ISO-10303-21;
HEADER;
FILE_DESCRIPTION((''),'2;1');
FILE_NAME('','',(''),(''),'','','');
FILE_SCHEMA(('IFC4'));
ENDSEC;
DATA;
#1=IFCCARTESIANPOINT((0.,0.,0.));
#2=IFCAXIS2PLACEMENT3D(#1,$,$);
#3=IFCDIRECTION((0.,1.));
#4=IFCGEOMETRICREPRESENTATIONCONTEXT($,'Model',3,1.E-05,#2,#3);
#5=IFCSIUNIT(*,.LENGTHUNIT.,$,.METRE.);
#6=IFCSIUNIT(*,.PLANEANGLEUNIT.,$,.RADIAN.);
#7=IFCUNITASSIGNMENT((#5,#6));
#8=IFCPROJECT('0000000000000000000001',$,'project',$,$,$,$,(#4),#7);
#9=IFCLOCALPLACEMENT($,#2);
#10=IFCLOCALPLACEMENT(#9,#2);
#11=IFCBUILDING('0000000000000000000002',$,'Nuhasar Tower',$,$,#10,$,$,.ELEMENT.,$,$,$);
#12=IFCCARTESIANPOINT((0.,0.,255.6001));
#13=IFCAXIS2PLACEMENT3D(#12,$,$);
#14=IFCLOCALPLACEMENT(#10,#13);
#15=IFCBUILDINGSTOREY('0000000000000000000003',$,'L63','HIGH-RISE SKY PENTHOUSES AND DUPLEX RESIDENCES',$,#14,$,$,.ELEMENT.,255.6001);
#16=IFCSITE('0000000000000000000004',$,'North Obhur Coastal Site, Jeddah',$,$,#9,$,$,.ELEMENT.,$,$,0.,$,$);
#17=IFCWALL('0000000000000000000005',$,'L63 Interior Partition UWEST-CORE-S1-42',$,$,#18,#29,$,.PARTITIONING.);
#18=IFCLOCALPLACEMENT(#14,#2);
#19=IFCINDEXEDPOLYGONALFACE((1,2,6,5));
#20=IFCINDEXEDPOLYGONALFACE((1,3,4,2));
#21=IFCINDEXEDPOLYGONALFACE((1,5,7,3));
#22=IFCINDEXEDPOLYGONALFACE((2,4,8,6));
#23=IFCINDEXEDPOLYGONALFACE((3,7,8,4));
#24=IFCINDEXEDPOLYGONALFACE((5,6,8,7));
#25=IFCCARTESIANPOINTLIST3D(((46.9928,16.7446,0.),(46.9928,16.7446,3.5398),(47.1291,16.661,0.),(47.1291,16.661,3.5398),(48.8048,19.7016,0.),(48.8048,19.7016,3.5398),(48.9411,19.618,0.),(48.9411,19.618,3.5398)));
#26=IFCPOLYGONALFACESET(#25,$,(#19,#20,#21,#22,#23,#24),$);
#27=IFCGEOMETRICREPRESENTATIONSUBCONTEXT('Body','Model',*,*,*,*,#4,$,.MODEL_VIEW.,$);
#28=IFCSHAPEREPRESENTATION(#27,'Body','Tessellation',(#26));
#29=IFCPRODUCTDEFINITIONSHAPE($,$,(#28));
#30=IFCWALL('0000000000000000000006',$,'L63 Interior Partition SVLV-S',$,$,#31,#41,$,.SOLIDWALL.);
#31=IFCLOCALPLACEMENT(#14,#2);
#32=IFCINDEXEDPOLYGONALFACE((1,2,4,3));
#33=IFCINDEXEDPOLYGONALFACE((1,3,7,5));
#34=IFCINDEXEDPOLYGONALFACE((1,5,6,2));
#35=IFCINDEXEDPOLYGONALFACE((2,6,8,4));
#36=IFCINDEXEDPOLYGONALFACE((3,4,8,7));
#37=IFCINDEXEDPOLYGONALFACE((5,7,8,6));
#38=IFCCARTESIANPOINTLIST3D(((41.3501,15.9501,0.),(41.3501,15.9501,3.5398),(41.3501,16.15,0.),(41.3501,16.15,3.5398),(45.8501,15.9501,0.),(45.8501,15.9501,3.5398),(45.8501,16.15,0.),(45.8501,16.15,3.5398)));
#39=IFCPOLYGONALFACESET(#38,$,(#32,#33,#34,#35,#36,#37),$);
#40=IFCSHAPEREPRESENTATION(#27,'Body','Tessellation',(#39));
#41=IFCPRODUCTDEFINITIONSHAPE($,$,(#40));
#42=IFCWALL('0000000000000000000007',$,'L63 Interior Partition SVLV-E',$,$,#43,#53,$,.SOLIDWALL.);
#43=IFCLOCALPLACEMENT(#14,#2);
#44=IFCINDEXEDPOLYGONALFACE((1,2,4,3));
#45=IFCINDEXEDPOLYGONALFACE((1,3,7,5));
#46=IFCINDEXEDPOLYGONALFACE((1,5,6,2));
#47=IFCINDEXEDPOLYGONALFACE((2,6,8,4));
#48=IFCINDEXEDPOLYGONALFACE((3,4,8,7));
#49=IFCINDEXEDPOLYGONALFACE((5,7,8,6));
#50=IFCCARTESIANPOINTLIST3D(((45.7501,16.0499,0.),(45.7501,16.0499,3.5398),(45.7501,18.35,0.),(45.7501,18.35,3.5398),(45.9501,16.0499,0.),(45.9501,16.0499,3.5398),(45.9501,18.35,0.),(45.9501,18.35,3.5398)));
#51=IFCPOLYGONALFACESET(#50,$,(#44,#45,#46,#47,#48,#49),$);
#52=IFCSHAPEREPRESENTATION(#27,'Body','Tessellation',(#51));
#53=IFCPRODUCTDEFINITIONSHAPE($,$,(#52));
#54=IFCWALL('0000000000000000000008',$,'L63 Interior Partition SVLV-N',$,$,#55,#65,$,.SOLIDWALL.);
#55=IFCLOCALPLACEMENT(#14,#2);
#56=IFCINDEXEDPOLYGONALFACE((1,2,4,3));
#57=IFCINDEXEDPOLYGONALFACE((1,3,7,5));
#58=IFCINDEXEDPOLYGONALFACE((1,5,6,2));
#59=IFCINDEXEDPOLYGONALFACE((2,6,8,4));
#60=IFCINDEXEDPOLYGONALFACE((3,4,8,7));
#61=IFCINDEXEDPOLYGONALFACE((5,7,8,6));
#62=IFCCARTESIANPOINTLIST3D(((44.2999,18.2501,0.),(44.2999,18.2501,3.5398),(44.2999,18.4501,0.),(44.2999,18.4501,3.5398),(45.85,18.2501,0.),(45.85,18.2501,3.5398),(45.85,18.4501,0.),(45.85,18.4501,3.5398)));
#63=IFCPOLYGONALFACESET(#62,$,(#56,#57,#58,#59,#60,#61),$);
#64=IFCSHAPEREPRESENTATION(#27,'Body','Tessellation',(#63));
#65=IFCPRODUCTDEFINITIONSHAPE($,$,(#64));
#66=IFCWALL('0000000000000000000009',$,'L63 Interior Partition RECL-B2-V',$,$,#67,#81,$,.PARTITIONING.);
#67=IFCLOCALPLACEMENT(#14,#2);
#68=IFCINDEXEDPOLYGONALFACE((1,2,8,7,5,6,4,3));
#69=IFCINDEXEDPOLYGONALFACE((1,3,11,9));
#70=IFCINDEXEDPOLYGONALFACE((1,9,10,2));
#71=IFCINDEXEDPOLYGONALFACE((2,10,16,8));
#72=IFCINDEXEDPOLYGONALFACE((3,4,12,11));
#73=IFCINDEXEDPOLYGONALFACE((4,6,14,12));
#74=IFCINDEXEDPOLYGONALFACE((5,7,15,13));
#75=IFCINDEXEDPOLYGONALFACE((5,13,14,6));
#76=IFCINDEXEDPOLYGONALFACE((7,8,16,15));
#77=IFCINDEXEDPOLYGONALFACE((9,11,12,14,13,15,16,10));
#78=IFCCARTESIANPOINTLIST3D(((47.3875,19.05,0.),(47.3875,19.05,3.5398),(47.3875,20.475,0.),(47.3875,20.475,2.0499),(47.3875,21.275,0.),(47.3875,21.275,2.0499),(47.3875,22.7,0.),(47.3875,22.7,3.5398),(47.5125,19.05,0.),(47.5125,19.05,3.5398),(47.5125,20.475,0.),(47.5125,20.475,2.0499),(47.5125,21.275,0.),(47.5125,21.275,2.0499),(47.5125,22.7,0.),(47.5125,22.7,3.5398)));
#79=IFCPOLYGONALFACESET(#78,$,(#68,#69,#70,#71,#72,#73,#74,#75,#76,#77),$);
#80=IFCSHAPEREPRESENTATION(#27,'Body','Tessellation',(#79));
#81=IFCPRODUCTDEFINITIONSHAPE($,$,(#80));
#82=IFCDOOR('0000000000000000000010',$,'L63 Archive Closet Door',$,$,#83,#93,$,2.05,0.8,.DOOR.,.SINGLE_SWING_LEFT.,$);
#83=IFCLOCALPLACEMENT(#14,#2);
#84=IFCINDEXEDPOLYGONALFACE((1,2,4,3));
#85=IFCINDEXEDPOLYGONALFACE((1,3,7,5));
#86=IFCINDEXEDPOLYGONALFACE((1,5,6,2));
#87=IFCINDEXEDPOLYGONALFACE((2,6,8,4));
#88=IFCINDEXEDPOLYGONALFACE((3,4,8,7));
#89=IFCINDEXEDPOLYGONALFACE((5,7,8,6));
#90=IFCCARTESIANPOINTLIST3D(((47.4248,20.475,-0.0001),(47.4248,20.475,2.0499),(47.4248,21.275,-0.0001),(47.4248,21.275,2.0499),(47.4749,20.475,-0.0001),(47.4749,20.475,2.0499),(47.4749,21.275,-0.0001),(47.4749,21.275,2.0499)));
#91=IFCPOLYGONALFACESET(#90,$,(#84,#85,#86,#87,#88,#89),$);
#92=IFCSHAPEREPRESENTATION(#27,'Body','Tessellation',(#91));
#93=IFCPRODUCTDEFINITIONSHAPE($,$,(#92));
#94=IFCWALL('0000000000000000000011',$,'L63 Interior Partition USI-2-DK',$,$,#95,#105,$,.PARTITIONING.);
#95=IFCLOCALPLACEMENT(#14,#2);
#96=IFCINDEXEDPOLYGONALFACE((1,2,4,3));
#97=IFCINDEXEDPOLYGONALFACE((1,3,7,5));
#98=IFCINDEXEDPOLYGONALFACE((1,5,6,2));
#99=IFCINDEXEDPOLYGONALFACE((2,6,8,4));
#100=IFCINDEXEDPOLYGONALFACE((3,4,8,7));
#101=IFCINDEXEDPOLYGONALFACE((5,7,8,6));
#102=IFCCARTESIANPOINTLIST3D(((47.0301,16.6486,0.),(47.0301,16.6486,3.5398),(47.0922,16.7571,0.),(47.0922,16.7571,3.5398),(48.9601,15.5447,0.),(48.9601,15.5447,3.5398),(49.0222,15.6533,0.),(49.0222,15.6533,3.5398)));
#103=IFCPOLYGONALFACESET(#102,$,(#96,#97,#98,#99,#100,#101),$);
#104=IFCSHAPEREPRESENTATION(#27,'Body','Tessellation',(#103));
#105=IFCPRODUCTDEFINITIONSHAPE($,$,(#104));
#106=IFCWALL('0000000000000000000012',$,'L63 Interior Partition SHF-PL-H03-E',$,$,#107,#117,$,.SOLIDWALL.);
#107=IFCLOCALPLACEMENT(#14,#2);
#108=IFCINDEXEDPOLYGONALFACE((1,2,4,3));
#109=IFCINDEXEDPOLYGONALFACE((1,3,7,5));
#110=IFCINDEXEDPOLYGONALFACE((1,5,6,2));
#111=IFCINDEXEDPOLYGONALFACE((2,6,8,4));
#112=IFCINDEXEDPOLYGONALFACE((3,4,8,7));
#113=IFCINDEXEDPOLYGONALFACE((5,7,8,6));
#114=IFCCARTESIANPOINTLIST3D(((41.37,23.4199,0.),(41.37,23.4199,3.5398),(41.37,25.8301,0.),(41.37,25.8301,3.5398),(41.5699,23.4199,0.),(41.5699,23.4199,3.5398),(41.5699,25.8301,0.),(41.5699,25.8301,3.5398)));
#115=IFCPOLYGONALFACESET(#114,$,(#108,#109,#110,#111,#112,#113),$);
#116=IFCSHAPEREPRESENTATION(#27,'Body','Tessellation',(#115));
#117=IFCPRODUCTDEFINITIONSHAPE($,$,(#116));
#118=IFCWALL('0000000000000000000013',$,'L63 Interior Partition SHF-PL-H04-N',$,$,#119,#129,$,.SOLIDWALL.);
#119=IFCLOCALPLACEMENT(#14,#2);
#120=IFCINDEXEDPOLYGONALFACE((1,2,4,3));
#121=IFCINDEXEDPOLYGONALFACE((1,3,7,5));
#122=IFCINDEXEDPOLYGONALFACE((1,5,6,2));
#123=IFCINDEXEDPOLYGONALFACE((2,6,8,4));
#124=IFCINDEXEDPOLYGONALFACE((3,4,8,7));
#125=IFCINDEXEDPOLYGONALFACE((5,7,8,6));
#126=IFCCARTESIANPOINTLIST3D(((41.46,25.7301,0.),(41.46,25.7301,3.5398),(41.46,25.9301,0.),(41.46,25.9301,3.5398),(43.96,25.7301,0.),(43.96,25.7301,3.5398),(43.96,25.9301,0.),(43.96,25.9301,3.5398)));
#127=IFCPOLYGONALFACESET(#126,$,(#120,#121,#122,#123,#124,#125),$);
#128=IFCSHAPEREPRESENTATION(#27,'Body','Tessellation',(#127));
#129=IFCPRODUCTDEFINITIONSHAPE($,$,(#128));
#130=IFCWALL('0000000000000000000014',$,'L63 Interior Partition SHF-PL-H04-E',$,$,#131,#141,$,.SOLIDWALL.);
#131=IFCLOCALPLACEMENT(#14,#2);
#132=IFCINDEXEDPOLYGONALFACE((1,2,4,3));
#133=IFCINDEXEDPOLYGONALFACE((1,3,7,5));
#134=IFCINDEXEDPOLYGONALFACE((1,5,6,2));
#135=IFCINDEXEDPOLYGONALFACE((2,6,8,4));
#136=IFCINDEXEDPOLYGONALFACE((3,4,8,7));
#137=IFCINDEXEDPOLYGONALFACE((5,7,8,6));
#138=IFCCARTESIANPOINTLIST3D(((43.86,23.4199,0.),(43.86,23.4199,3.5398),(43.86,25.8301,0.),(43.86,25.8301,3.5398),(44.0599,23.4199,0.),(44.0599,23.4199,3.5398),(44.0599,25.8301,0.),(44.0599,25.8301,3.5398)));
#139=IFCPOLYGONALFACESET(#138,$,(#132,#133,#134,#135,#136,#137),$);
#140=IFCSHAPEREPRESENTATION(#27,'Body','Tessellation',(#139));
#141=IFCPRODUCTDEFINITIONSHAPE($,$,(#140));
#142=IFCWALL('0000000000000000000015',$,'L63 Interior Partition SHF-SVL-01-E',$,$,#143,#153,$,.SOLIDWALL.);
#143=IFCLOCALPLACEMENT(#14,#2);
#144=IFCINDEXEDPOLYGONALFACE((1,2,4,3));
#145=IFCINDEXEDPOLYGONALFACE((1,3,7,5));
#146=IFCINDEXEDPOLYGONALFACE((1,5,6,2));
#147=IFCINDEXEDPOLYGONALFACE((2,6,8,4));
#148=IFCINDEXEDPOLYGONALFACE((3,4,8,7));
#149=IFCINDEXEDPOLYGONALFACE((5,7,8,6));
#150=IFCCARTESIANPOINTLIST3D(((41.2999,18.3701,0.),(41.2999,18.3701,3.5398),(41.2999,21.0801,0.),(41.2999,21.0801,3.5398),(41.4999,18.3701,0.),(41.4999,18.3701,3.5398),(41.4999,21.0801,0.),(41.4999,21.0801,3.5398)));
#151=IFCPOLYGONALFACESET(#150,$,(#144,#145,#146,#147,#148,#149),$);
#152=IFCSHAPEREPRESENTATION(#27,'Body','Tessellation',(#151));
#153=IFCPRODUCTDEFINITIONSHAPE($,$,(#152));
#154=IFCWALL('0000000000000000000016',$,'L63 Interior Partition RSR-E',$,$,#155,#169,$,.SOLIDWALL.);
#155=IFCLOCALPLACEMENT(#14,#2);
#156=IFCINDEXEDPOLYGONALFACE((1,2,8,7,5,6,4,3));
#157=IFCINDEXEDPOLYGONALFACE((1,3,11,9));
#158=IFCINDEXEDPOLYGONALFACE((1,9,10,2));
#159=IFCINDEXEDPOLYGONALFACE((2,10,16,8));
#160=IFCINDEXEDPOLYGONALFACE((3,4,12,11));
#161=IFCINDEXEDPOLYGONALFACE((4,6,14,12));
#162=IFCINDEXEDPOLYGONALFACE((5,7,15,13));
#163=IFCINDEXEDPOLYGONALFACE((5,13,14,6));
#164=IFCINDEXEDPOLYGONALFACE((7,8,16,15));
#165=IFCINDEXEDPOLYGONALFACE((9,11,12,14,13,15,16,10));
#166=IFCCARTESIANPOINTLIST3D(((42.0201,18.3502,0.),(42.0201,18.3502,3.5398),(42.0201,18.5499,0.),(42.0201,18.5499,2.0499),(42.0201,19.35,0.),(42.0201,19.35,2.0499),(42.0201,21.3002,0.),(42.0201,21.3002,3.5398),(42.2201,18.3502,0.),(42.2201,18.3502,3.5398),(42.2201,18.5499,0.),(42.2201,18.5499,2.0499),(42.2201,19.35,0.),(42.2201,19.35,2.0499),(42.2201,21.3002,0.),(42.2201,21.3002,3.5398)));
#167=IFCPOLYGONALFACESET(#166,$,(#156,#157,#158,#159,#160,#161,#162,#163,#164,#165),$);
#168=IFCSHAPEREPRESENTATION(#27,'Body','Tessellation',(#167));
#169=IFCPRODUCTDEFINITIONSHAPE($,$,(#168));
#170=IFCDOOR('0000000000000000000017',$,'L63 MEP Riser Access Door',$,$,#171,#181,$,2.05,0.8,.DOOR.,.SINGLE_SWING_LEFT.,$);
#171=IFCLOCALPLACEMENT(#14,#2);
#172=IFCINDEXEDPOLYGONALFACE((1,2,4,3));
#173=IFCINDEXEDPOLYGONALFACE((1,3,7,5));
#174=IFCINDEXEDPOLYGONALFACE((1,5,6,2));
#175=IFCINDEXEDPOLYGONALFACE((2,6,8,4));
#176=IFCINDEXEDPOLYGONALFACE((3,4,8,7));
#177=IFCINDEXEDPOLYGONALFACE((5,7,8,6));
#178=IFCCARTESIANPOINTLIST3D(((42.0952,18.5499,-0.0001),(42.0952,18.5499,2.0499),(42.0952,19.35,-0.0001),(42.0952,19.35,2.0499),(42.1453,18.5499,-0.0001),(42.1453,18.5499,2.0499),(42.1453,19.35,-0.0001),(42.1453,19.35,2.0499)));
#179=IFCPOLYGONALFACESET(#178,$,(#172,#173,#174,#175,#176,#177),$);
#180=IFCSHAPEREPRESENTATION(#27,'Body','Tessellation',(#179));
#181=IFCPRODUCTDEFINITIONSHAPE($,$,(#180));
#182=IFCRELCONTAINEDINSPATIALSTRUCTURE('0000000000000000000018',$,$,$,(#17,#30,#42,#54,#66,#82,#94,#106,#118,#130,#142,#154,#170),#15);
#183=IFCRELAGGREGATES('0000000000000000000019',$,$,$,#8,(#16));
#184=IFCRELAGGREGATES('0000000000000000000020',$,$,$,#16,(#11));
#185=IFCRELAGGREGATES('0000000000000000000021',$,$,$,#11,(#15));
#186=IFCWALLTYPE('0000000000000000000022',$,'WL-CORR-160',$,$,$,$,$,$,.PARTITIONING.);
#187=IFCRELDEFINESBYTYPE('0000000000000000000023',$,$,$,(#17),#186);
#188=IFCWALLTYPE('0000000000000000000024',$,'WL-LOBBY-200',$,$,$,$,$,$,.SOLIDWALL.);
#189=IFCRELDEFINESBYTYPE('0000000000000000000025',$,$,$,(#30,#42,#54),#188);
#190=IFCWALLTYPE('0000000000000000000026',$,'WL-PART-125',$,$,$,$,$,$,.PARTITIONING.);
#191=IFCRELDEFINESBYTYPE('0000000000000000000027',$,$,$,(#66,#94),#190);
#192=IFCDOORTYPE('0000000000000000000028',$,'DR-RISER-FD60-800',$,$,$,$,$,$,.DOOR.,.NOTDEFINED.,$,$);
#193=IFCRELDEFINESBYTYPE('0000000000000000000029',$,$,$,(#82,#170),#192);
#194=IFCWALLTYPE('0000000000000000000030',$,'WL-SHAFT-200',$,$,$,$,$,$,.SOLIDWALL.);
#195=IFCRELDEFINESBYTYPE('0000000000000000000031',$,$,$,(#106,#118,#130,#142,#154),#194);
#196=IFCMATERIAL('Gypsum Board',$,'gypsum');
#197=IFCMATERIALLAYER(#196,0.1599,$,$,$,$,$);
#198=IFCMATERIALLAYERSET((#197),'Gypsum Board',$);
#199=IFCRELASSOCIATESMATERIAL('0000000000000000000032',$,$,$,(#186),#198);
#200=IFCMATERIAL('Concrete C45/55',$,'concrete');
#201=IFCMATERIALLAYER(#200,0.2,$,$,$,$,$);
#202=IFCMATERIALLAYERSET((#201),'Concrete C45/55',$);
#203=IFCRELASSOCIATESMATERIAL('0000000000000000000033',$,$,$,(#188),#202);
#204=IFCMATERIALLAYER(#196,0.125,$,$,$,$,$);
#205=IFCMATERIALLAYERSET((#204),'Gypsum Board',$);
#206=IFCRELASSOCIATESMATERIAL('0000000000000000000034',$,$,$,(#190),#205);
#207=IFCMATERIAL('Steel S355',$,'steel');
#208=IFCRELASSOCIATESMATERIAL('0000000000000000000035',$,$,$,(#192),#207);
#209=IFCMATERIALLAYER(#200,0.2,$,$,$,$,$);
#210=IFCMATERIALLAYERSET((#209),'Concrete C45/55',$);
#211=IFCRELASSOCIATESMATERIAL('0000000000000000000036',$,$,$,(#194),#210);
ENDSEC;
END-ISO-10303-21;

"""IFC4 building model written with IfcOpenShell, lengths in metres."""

from ifc_helpers import new_model, si_unit, direction, frame, frame_2d, origin, place, context, subcontext, project, spatial, rectangle, extrude, material, layer, layer_set, type_object, element, fill, save


model = new_model("IFC4")

# Units and contexts
model_context = context("Model", 3, precision=1e-05, world=origin(), true_north=direction((0.0, 1.0)))
body_context = subcontext(model_context, "Body", "Model", "MODEL_VIEW")
ifc_project = project(units=[si_unit("LENGTHUNIT", "METRE"), si_unit("PLANEANGLEUNIT", "RADIAN")], contexts=[model_context])

# Site, building, storey
site_placement = place(None, origin())
site = spatial("IfcSite", under=ifc_project, at=site_placement, Name="North Obhur Coastal Site, Jeddah", CompositionType="ELEMENT", RefElevation=0.0)
building_placement = place(site_placement, origin())
building = spatial("IfcBuilding", under=site, at=building_placement, Name="Nuhasar Tower", CompositionType="ELEMENT")
storey_placement = place(building_placement, frame((0.0, 0.0, 255.6001)))
storey = spatial("IfcBuildingStorey", under=building, at=storey_placement, Name="L63", Description="HIGH-RISE SKY PENTHOUSES AND DUPLEX RESIDENCES", CompositionType="ELEMENT", Elevation=255.6001)

# Shared definitions
ifc_material_1 = material(Name="Steel S355", Category="steel")

# Wall
ifc_material_2 = material(Name="Gypsum Board", Category="gypsum")
ifc_layer_1 = layer(ifc_material_2, 0.1599)
ifc_layer_set_1 = layer_set([ifc_layer_1], Name="Gypsum Board")
wall_type_1 = type_object("IfcWallType", Name="WL-CORR-160", PredefinedType="PARTITIONING", material=ifc_layer_set_1)
wall_1_placement = place(storey_placement, frame((47.061, 16.7029, 0.0), z_axis=(0.0, 0.0, 1.0), x_axis=(0.522486, 0.852648, 0.0)))
element("IfcWall", 1, at=wall_1_placement, inside=storey, type_object=wall_type_1, Name="L63 Interior Partition UWEST-CORE-S1-42", PredefinedType="PARTITIONING", context=body_context, shape_type="SweptSolid", body=[
    extrude(rectangle(XDim=3.468, YDim=0.1599, at=frame_2d((1.7339, 0.0))), origin(), (0.0, 0.0, 1.0), 3.5398),
])

# Shared definitions
ifc_material_3 = material(Name="Concrete C45/55", Category="concrete")
ifc_layer_2 = layer(ifc_material_3, 0.2)
ifc_layer_set_2 = layer_set([ifc_layer_2], Name="Concrete C45/55")
wall_type_2 = type_object("IfcWallType", Name="WL-LOBBY-200", PredefinedType="SOLIDWALL", material=ifc_layer_set_2)

# Walls
wall_2_placement = place(storey_placement, frame((41.3501, 16.05, 0.0), z_axis=(0.0, 0.0, 1.0), x_axis=(1.0, 0.0, 0.0)))
element("IfcWall", 2, at=wall_2_placement, inside=storey, type_object=wall_type_2, Name="L63 Interior Partition SVLV-S", PredefinedType="SOLIDWALL", context=body_context, shape_type="SweptSolid", body=[
    extrude(rectangle(XDim=4.5, YDim=0.2, at=frame_2d((2.25, 0.0))), origin(), (0.0, 0.0, 1.0), 3.5398),
])
wall_3_placement = place(storey_placement, frame((45.8501, 16.05, 0.0), z_axis=(0.0, 0.0, 1.0), x_axis=(0.0, 1.0, 0.0)))
element("IfcWall", 3, at=wall_3_placement, inside=storey, type_object=wall_type_2, Name="L63 Interior Partition SVLV-E", PredefinedType="SOLIDWALL", context=body_context, shape_type="SweptSolid", body=[
    extrude(rectangle(XDim=2.3, YDim=0.2, at=frame_2d((1.1499, 0.0))), origin(), (0.0, 0.0, 1.0), 3.5398),
])
wall_4_placement = place(storey_placement, frame((44.3, 18.3501, 0.0), z_axis=(0.0, 0.0, 1.0), x_axis=(1.0, 0.0, 0.0)))
element("IfcWall", 4, at=wall_4_placement, inside=storey, type_object=wall_type_2, Name="L63 Interior Partition SVLV-N", PredefinedType="SOLIDWALL", context=body_context, shape_type="SweptSolid", body=[
    extrude(rectangle(XDim=1.55, YDim=0.2, at=frame_2d((0.7749, 0.0))), origin(), (0.0, 0.0, 1.0), 3.5398),
])

# Wall, opening, door
ifc_layer_3 = layer(ifc_material_2, 0.125)
ifc_layer_set_3 = layer_set([ifc_layer_3], Name="Gypsum Board")
wall_type_3 = type_object("IfcWallType", Name="WL-PART-125", PredefinedType="PARTITIONING", material=ifc_layer_set_3)
wall_5_placement = place(storey_placement, frame((47.45, 22.7, 0.0), z_axis=(0.0, 0.0, 1.0), x_axis=(0.0, -1.0, 0.0)))
wall_5 = element("IfcWall", 5, at=wall_5_placement, inside=storey, type_object=wall_type_3, Name="L63 Interior Partition RECL-B2-V", PredefinedType="PARTITIONING", context=body_context, shape_type="SweptSolid", body=[
    extrude(rectangle(XDim=3.6499, YDim=0.125, at=frame_2d((1.825, 0.0))), origin(), (0.0, 0.0, 1.0), 3.5398),
])
opening_1_placement = place(wall_5_placement, frame((1.425, 0.0, 0.0)))
opening_1 = element("IfcOpeningElement", 6, at=opening_1_placement, cuts=wall_5, PredefinedType="OPENING", context=body_context, shape_type="SweptSolid", body=[
    extrude(rectangle(XDim=0.8, YDim=2.05, at=frame_2d((0.3999, 1.0249))), frame((0.0, 0.0725, 0.0), z_axis=(0.0, -1.0, 0.0), x_axis=(1.0, 0.0, 0.0)), (0.0, 0.0, 1.0), 0.145),
])
door_type_1 = type_object("IfcDoorType", Name="DR-RISER-FD60-800", OperationType="NOTDEFINED", PredefinedType="DOOR", material=ifc_material_1)
door_1_placement = place(opening_1_placement, origin())
door_1 = element("IfcDoor", 7, at=door_1_placement, inside=storey, type_object=door_type_1, Name="L63 Archive Closet Door", OperationType="SINGLE_SWING_LEFT", OverallHeight=2.05, OverallWidth=0.8, PredefinedType="DOOR", context=body_context, shape_type="SweptSolid", body=[
    extrude(rectangle(XDim=0.8, YDim=2.05, at=frame_2d((0.3999, 1.0249))), frame((0.0, 0.0249, 0.0), z_axis=(0.0, -1.0, 0.0), x_axis=(1.0, 0.0, 0.0)), (0.0, 0.0, 1.0), 0.05),
])
fill(opening_1, door_1)

# Walls
wall_6_placement = place(storey_placement, frame((47.061, 16.7029, 0.0), z_axis=(0.0, 0.0, 1.0), x_axis=(0.868061, -0.496458, 0.0)))
element("IfcWall", 8, at=wall_6_placement, inside=storey, type_object=wall_type_3, Name="L63 Interior Partition USI-2-DK", PredefinedType="PARTITIONING", context=body_context, shape_type="SweptSolid", body=[
    extrude(rectangle(XDim=2.2234, YDim=0.125, at=frame_2d((1.1118, 0.0))), origin(), (0.0, 0.0, 1.0), 3.5398),
])
ifc_layer_4 = layer(ifc_material_3, 0.2)
ifc_layer_set_4 = layer_set([ifc_layer_4], Name="Concrete C45/55")
wall_type_4 = type_object("IfcWallType", Name="WL-SHAFT-200", PredefinedType="SOLIDWALL", material=ifc_layer_set_4)
wall_7_placement = place(storey_placement, frame((41.47, 23.4199, 0.0), z_axis=(0.0, 0.0, 1.0), x_axis=(0.0, 1.0, 0.0)))
element("IfcWall", 9, at=wall_7_placement, inside=storey, type_object=wall_type_4, Name="L63 Interior Partition SHF-PL-H03-E", PredefinedType="SOLIDWALL", context=body_context, shape_type="SweptSolid", body=[
    extrude(rectangle(XDim=2.4102, YDim=0.2, at=frame_2d((1.2051, 0.0))), origin(), (0.0, 0.0, 1.0), 3.5398),
])

# Walls
wall_8_placement = place(storey_placement, frame((41.46, 25.8301, 0.0), z_axis=(0.0, 0.0, 1.0), x_axis=(1.0, 0.0, 0.0)))
element("IfcWall", 10, at=wall_8_placement, inside=storey, type_object=wall_type_4, Name="L63 Interior Partition SHF-PL-H04-N", PredefinedType="SOLIDWALL", context=body_context, shape_type="SweptSolid", body=[
    extrude(rectangle(XDim=2.5, YDim=0.2, at=frame_2d((1.25, 0.0))), origin(), (0.0, 0.0, 1.0), 3.5398),
])
wall_9_placement = place(storey_placement, frame((43.96, 23.4199, 0.0), z_axis=(0.0, 0.0, 1.0), x_axis=(0.0, 1.0, 0.0)))
element("IfcWall", 11, at=wall_9_placement, inside=storey, type_object=wall_type_4, Name="L63 Interior Partition SHF-PL-H04-E", PredefinedType="SOLIDWALL", context=body_context, shape_type="SweptSolid", body=[
    extrude(rectangle(XDim=2.4102, YDim=0.2, at=frame_2d((1.2051, 0.0))), origin(), (0.0, 0.0, 1.0), 3.5398),
])
wall_10_placement = place(storey_placement, frame((41.3999, 18.3701, 0.0), z_axis=(0.0, 0.0, 1.0), x_axis=(0.0, 1.0, 0.0)))
element("IfcWall", 12, at=wall_10_placement, inside=storey, type_object=wall_type_4, Name="L63 Interior Partition SHF-SVL-01-E", PredefinedType="SOLIDWALL", context=body_context, shape_type="SweptSolid", body=[
    extrude(rectangle(XDim=2.71, YDim=0.2, at=frame_2d((1.355, 0.0))), origin(), (0.0, 0.0, 1.0), 3.5398),
])

# Wall, opening, door
wall_11_placement = place(storey_placement, frame((42.1201, 18.3501, 0.0), z_axis=(0.0, 0.0, 1.0), x_axis=(0.0, 1.0, 0.0)))
wall_11 = element("IfcWall", 13, at=wall_11_placement, inside=storey, type_object=wall_type_4, Name="L63 Interior Partition RSR-E", PredefinedType="SOLIDWALL", context=body_context, shape_type="SweptSolid", body=[
    extrude(rectangle(XDim=2.95, YDim=0.2, at=frame_2d((1.4751, 0.0))), origin(), (0.0, 0.0, 1.0), 3.5398),
])
opening_2_placement = place(wall_11_placement, frame((0.2, 0.0, 0.0)))
opening_2 = element("IfcOpeningElement", 14, at=opening_2_placement, cuts=wall_11, PredefinedType="OPENING", context=body_context, shape_type="SweptSolid", body=[
    extrude(rectangle(XDim=0.8, YDim=2.05, at=frame_2d((0.3999, 1.0249))), frame((0.0, 0.1099, 0.0), z_axis=(0.0, -1.0, 0.0), x_axis=(1.0, 0.0, 0.0)), (0.0, 0.0, 1.0), 0.22),
])
door_2_placement = place(opening_2_placement, origin())
door_2 = element("IfcDoor", 15, at=door_2_placement, inside=storey, type_object=door_type_1, Name="L63 MEP Riser Access Door", OperationType="SINGLE_SWING_LEFT", OverallHeight=2.05, OverallWidth=0.8, PredefinedType="DOOR", context=body_context, shape_type="SweptSolid", body=[
    extrude(rectangle(XDim=0.8, YDim=2.05, at=frame_2d((0.3999, 1.0249))), frame((0.0, 0.0249, 0.0), z_axis=(0.0, -1.0, 0.0), x_axis=(1.0, 0.0, 0.0)), (0.0, 0.0, 1.0), 0.05),
])
fill(opening_2, door_2)

save(model, "model.ifc")
